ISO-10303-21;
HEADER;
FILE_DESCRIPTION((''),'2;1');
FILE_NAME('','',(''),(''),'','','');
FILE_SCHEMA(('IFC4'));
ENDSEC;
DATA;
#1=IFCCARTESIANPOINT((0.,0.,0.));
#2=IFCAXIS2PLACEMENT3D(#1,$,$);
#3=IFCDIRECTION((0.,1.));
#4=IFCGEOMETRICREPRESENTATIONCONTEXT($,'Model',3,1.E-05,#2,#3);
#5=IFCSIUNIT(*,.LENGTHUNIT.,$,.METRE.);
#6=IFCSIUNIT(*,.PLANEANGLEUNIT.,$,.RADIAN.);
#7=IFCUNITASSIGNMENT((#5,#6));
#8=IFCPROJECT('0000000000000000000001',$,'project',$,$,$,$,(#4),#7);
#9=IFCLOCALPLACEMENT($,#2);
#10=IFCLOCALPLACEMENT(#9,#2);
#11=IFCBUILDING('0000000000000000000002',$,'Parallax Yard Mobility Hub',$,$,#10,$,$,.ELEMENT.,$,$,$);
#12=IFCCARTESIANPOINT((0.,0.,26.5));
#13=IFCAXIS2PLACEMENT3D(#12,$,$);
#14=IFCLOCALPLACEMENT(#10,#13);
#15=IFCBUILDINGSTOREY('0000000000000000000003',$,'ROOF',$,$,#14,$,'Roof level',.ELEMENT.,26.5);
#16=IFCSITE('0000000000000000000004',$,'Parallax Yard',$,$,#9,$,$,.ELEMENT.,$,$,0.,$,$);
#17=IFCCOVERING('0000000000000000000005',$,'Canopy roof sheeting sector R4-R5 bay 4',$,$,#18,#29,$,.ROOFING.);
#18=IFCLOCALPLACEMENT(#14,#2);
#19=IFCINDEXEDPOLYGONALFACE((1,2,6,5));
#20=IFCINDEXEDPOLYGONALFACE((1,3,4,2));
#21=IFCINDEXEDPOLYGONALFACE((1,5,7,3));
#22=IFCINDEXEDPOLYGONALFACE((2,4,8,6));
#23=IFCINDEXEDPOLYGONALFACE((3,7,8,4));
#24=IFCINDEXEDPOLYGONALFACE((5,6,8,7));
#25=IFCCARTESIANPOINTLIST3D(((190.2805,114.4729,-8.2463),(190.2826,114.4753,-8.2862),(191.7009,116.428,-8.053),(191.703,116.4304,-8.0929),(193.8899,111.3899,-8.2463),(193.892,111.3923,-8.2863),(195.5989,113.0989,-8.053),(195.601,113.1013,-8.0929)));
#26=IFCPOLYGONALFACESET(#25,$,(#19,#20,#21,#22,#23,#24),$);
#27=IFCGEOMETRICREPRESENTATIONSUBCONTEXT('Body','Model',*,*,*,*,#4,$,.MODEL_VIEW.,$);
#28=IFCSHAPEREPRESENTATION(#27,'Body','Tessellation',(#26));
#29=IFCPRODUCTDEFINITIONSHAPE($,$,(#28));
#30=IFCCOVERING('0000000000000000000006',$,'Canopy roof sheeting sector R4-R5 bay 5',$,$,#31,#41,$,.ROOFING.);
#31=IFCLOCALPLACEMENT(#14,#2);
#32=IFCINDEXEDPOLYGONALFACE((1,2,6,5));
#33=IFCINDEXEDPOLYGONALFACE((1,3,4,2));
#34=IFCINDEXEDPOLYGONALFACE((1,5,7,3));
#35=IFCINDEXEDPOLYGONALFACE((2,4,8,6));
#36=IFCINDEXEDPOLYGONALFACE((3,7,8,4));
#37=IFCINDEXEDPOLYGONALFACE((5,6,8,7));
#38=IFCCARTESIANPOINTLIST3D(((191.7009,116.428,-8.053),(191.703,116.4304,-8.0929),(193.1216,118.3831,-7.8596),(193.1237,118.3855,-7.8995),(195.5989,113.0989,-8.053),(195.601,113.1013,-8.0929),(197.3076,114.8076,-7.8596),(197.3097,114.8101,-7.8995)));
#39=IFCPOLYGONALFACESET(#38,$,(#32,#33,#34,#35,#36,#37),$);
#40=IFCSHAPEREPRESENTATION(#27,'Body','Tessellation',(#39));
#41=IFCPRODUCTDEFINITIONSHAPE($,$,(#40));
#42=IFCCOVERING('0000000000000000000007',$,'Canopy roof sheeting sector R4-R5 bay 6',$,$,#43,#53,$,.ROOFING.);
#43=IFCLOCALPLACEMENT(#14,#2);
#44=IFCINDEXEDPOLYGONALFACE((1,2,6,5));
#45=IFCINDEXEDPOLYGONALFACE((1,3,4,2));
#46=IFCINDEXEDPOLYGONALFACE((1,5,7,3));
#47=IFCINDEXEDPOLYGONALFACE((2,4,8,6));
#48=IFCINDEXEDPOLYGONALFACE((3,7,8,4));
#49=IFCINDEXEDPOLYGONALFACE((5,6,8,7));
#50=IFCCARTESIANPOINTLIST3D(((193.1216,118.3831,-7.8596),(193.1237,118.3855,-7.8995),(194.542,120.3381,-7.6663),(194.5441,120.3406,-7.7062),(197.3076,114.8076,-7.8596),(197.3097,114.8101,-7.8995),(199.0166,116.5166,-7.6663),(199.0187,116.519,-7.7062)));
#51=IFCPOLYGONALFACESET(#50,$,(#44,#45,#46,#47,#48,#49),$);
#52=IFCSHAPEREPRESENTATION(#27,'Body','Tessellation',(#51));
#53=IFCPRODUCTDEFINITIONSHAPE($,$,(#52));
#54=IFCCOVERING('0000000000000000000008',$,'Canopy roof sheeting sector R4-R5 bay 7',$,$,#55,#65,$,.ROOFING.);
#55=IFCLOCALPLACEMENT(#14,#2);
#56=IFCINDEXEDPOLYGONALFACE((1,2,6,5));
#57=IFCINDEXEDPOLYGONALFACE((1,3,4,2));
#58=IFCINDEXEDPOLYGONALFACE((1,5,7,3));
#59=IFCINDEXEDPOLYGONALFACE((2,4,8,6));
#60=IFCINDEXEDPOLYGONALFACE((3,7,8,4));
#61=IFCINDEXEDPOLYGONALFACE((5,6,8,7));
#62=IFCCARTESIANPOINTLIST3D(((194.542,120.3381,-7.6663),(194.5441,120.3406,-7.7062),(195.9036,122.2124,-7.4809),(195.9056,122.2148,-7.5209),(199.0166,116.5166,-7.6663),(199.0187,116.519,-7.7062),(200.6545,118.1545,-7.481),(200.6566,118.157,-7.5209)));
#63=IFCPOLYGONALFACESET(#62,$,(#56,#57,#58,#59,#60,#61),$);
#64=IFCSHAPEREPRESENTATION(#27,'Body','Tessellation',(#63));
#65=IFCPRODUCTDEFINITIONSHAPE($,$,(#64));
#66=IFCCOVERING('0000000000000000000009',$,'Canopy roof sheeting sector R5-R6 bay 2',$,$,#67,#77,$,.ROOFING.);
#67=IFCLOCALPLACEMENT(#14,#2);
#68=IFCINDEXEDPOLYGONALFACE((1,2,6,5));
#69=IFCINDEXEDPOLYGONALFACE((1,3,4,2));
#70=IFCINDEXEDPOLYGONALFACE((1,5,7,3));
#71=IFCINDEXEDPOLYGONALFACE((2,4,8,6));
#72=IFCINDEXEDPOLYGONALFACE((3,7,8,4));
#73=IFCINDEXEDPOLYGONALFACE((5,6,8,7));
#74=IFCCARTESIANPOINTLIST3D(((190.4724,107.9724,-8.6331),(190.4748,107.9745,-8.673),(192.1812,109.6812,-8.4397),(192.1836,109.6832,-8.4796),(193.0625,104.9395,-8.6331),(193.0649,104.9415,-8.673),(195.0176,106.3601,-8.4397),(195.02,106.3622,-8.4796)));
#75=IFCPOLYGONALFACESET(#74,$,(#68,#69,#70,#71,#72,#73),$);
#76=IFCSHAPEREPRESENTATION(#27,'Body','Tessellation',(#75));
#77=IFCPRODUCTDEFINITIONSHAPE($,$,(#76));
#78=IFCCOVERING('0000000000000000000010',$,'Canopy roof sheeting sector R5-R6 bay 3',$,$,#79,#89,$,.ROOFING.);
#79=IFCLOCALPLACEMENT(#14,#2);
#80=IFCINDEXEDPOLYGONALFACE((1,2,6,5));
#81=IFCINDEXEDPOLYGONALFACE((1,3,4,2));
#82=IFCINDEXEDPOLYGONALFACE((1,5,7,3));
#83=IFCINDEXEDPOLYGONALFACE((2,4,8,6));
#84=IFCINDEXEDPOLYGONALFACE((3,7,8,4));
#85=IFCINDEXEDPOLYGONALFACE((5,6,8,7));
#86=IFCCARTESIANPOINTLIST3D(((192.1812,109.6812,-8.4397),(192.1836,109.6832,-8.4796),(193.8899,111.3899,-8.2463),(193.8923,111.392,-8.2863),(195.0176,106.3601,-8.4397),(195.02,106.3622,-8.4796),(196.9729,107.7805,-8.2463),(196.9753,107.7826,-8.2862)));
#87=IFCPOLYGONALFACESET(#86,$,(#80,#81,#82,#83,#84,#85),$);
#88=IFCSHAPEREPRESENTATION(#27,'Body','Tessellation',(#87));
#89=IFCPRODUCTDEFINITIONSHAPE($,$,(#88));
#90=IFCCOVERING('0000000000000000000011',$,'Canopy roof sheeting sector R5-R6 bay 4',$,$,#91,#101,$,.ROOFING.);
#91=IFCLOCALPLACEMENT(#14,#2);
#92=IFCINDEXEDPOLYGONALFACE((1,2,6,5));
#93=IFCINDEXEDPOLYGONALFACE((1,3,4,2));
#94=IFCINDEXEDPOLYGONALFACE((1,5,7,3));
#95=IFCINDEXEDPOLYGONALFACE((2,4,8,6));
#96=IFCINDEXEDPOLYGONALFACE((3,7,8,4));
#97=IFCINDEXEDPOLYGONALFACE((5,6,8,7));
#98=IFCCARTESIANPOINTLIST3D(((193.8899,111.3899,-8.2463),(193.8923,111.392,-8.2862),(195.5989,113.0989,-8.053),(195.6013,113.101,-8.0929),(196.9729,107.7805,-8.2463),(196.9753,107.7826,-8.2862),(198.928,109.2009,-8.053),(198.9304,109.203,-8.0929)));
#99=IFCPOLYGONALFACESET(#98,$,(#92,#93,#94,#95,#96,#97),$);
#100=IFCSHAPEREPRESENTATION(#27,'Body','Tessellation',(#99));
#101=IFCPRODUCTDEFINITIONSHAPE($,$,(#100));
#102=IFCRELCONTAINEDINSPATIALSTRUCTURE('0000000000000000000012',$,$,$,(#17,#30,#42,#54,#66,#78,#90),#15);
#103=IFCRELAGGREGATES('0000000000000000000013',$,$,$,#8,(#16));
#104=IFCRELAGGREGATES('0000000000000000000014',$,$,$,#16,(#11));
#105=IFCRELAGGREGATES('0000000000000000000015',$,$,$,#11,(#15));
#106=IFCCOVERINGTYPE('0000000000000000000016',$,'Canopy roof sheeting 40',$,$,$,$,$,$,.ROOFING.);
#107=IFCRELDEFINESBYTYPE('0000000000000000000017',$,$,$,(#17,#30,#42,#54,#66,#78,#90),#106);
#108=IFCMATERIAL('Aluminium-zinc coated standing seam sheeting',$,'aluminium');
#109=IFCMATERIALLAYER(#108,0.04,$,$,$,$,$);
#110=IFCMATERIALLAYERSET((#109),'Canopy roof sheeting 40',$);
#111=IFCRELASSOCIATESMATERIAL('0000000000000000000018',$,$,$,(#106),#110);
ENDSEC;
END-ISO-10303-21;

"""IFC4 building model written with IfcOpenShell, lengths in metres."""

from ifc_helpers import new_model, si_unit, direction, frame, origin, place, context, subcontext, project, spatial, polyline, outline, extrude, material, layer, layer_set, type_object, element, save


model = new_model("IFC4")

# Units and contexts
model_context = context("Model", 3, precision=1e-05, world=origin(), true_north=direction((0.0, 1.0)))
body_context = subcontext(model_context, "Body", "Model", "MODEL_VIEW")
ifc_project = project(units=[si_unit("LENGTHUNIT", "METRE"), si_unit("PLANEANGLEUNIT", "RADIAN")], contexts=[model_context])

# Site, building, storey
site_placement = place(None, origin())
site = spatial("IfcSite", under=ifc_project, at=site_placement, Name="Parallax Yard", CompositionType="ELEMENT", RefElevation=0.0)
building_placement = place(site_placement, origin())
building = spatial("IfcBuilding", under=site, at=building_placement, Name="Parallax Yard Mobility Hub", CompositionType="ELEMENT")
storey_placement = place(building_placement, frame((0.0, 0.0, 26.5)))
storey = spatial("IfcBuildingStorey", under=building, at=storey_placement, Name="ROOF", LongName="Roof level", CompositionType="ELEMENT", Elevation=26.5)

# Coverings
ifc_material = material(Name="Aluminium-zinc coated standing seam sheeting", Category="aluminium")
ifc_layer = layer(ifc_material, 0.04)
ifc_layer_set = layer_set([ifc_layer], Name="Canopy roof sheeting 40")
covering_type = type_object("IfcCoveringType", Name="Canopy roof sheeting 40", PredefinedType="ROOFING", material=ifc_layer_set)
placement = place(building_placement, frame((0.0, 0.0, 13.2)))
covering_1_placement = place(placement, frame((190.2805, 114.4729, 5.0537), z_axis=(-0.051956, -0.060831, 0.996795), x_axis=(0.760374, -0.649486, -0.000002)))
element("IfcCovering", 1, at=covering_1_placement, inside=storey, type_object=covering_type, Name="Canopy roof sheeting sector R4-R5 bay 4", PredefinedType="ROOFING", context=body_context, shape_type="SweptSolid", body=[
    extrude(outline(polyline([(0.0, 0.0), (4.7468, 0.0), (4.9363, 2.4172), (-0.1898, 2.4169), (0.0, 0.0)])), origin(), (0.0, 0.0, -1.0), 0.04),
])
covering_2_placement = place(placement, frame((191.7009, 116.428, 5.2471), z_axis=(-0.051958, -0.060833, 0.996795), x_axis=(0.760412, -0.649441, 0.000002)))
element("IfcCovering", 2, at=covering_2_placement, inside=storey, type_object=covering_type, Name="Canopy roof sheeting sector R4-R5 bay 5", PredefinedType="ROOFING", context=body_context, shape_type="SweptSolid", body=[
    extrude(outline(polyline([(0.0, 0.0), (5.1261, 0.0), (5.3157, 2.4168), (-0.1894, 2.417), (0.0, 0.0)])), origin(), (0.0, 0.0, -1.0), 0.04),
])
covering_3_placement = place(placement, frame((193.1216, 118.3831, 5.4404), z_axis=(-0.051956, -0.060831, 0.996795), x_axis=(0.760386, -0.649472, -0.000002)))
element("IfcCovering", 3, at=covering_3_placement, inside=storey, type_object=covering_type, Name="Canopy roof sheeting sector R4-R5 bay 6", PredefinedType="ROOFING", context=body_context, shape_type="SweptSolid", body=[
    extrude(outline(polyline([(0.0, 0.0), (5.5051, 0.0), (5.6947, 2.4172), (-0.1897, 2.4169), (0.0, 0.0)])), origin(), (0.0, 0.0, -1.0), 0.04),
])
covering_4_placement = place(placement, frame((194.542, 120.3381, 5.6338), z_axis=(-0.051945, -0.060819, 0.996796), x_axis=(0.760418, -0.649434, 0.000001)))
element("IfcCovering", 4, at=covering_4_placement, inside=storey, type_object=covering_type, Name="Canopy roof sheeting sector R4-R5 bay 7", PredefinedType="ROOFING", context=body_context, shape_type="SweptSolid", body=[
    extrude(outline(polyline([(0.0, 0.0), (5.8844, 0.0), (6.0662, 2.3167), (-0.1818, 2.3169), (0.0, 0.0)])), origin(), (0.0, 0.0, -1.0), 0.04),
])
covering_5_placement = place(placement, frame((190.4724, 107.9724, 4.667), z_axis=(-0.060836, -0.051955, 0.996795), x_axis=(0.649404, -0.760443, -0.000002)))
element("IfcCovering", 5, at=covering_5_placement, inside=storey, type_object=covering_type, Name="Canopy roof sheeting sector R5-R6 bay 2", PredefinedType="ROOFING", context=body_context, shape_type="SweptSolid", body=[
    extrude(outline(polyline([(0.0, 0.0), (3.9884, 0.0), (4.1777, 2.4171), (-0.1897, 2.4168), (0.0, 0.0)])), origin(), (0.0, 0.0, -1.0), 0.04),
])
covering_6_placement = place(placement, frame((192.1812, 109.6812, 4.8604), z_axis=(-0.060832, -0.051958, 0.996795), x_axis=(0.649446, -0.760407, -0.000002)))
element("IfcCovering", 6, at=covering_6_placement, inside=storey, type_object=covering_type, Name="Canopy roof sheeting sector R5-R6 bay 3", PredefinedType="ROOFING", context=body_context, shape_type="SweptSolid", body=[
    extrude(outline(polyline([(0.0, 0.0), (4.3675, 0.0), (4.5572, 2.4171), (-0.1896, 2.4168), (0.0, 0.0)])), origin(), (0.0, 0.0, -1.0), 0.04),
])
covering_7_placement = place(placement, frame((193.8899, 111.3899, 5.0537), z_axis=(-0.060831, -0.051956, 0.996795), x_axis=(0.649486, -0.760374, 0.000002)))
element("IfcCovering", 7, at=covering_7_placement, inside=storey, type_object=covering_type, Name="Canopy roof sheeting sector R5-R6 bay 4", PredefinedType="ROOFING", context=body_context, shape_type="SweptSolid", body=[
    extrude(outline(polyline([(0.0, 0.0), (4.7468, 0.0), (4.9366, 2.4169), (-0.1895, 2.4172), (0.0, 0.0)])), origin(), (0.0, 0.0, -1.0), 0.04),
])

save(model, "model.ifc")
